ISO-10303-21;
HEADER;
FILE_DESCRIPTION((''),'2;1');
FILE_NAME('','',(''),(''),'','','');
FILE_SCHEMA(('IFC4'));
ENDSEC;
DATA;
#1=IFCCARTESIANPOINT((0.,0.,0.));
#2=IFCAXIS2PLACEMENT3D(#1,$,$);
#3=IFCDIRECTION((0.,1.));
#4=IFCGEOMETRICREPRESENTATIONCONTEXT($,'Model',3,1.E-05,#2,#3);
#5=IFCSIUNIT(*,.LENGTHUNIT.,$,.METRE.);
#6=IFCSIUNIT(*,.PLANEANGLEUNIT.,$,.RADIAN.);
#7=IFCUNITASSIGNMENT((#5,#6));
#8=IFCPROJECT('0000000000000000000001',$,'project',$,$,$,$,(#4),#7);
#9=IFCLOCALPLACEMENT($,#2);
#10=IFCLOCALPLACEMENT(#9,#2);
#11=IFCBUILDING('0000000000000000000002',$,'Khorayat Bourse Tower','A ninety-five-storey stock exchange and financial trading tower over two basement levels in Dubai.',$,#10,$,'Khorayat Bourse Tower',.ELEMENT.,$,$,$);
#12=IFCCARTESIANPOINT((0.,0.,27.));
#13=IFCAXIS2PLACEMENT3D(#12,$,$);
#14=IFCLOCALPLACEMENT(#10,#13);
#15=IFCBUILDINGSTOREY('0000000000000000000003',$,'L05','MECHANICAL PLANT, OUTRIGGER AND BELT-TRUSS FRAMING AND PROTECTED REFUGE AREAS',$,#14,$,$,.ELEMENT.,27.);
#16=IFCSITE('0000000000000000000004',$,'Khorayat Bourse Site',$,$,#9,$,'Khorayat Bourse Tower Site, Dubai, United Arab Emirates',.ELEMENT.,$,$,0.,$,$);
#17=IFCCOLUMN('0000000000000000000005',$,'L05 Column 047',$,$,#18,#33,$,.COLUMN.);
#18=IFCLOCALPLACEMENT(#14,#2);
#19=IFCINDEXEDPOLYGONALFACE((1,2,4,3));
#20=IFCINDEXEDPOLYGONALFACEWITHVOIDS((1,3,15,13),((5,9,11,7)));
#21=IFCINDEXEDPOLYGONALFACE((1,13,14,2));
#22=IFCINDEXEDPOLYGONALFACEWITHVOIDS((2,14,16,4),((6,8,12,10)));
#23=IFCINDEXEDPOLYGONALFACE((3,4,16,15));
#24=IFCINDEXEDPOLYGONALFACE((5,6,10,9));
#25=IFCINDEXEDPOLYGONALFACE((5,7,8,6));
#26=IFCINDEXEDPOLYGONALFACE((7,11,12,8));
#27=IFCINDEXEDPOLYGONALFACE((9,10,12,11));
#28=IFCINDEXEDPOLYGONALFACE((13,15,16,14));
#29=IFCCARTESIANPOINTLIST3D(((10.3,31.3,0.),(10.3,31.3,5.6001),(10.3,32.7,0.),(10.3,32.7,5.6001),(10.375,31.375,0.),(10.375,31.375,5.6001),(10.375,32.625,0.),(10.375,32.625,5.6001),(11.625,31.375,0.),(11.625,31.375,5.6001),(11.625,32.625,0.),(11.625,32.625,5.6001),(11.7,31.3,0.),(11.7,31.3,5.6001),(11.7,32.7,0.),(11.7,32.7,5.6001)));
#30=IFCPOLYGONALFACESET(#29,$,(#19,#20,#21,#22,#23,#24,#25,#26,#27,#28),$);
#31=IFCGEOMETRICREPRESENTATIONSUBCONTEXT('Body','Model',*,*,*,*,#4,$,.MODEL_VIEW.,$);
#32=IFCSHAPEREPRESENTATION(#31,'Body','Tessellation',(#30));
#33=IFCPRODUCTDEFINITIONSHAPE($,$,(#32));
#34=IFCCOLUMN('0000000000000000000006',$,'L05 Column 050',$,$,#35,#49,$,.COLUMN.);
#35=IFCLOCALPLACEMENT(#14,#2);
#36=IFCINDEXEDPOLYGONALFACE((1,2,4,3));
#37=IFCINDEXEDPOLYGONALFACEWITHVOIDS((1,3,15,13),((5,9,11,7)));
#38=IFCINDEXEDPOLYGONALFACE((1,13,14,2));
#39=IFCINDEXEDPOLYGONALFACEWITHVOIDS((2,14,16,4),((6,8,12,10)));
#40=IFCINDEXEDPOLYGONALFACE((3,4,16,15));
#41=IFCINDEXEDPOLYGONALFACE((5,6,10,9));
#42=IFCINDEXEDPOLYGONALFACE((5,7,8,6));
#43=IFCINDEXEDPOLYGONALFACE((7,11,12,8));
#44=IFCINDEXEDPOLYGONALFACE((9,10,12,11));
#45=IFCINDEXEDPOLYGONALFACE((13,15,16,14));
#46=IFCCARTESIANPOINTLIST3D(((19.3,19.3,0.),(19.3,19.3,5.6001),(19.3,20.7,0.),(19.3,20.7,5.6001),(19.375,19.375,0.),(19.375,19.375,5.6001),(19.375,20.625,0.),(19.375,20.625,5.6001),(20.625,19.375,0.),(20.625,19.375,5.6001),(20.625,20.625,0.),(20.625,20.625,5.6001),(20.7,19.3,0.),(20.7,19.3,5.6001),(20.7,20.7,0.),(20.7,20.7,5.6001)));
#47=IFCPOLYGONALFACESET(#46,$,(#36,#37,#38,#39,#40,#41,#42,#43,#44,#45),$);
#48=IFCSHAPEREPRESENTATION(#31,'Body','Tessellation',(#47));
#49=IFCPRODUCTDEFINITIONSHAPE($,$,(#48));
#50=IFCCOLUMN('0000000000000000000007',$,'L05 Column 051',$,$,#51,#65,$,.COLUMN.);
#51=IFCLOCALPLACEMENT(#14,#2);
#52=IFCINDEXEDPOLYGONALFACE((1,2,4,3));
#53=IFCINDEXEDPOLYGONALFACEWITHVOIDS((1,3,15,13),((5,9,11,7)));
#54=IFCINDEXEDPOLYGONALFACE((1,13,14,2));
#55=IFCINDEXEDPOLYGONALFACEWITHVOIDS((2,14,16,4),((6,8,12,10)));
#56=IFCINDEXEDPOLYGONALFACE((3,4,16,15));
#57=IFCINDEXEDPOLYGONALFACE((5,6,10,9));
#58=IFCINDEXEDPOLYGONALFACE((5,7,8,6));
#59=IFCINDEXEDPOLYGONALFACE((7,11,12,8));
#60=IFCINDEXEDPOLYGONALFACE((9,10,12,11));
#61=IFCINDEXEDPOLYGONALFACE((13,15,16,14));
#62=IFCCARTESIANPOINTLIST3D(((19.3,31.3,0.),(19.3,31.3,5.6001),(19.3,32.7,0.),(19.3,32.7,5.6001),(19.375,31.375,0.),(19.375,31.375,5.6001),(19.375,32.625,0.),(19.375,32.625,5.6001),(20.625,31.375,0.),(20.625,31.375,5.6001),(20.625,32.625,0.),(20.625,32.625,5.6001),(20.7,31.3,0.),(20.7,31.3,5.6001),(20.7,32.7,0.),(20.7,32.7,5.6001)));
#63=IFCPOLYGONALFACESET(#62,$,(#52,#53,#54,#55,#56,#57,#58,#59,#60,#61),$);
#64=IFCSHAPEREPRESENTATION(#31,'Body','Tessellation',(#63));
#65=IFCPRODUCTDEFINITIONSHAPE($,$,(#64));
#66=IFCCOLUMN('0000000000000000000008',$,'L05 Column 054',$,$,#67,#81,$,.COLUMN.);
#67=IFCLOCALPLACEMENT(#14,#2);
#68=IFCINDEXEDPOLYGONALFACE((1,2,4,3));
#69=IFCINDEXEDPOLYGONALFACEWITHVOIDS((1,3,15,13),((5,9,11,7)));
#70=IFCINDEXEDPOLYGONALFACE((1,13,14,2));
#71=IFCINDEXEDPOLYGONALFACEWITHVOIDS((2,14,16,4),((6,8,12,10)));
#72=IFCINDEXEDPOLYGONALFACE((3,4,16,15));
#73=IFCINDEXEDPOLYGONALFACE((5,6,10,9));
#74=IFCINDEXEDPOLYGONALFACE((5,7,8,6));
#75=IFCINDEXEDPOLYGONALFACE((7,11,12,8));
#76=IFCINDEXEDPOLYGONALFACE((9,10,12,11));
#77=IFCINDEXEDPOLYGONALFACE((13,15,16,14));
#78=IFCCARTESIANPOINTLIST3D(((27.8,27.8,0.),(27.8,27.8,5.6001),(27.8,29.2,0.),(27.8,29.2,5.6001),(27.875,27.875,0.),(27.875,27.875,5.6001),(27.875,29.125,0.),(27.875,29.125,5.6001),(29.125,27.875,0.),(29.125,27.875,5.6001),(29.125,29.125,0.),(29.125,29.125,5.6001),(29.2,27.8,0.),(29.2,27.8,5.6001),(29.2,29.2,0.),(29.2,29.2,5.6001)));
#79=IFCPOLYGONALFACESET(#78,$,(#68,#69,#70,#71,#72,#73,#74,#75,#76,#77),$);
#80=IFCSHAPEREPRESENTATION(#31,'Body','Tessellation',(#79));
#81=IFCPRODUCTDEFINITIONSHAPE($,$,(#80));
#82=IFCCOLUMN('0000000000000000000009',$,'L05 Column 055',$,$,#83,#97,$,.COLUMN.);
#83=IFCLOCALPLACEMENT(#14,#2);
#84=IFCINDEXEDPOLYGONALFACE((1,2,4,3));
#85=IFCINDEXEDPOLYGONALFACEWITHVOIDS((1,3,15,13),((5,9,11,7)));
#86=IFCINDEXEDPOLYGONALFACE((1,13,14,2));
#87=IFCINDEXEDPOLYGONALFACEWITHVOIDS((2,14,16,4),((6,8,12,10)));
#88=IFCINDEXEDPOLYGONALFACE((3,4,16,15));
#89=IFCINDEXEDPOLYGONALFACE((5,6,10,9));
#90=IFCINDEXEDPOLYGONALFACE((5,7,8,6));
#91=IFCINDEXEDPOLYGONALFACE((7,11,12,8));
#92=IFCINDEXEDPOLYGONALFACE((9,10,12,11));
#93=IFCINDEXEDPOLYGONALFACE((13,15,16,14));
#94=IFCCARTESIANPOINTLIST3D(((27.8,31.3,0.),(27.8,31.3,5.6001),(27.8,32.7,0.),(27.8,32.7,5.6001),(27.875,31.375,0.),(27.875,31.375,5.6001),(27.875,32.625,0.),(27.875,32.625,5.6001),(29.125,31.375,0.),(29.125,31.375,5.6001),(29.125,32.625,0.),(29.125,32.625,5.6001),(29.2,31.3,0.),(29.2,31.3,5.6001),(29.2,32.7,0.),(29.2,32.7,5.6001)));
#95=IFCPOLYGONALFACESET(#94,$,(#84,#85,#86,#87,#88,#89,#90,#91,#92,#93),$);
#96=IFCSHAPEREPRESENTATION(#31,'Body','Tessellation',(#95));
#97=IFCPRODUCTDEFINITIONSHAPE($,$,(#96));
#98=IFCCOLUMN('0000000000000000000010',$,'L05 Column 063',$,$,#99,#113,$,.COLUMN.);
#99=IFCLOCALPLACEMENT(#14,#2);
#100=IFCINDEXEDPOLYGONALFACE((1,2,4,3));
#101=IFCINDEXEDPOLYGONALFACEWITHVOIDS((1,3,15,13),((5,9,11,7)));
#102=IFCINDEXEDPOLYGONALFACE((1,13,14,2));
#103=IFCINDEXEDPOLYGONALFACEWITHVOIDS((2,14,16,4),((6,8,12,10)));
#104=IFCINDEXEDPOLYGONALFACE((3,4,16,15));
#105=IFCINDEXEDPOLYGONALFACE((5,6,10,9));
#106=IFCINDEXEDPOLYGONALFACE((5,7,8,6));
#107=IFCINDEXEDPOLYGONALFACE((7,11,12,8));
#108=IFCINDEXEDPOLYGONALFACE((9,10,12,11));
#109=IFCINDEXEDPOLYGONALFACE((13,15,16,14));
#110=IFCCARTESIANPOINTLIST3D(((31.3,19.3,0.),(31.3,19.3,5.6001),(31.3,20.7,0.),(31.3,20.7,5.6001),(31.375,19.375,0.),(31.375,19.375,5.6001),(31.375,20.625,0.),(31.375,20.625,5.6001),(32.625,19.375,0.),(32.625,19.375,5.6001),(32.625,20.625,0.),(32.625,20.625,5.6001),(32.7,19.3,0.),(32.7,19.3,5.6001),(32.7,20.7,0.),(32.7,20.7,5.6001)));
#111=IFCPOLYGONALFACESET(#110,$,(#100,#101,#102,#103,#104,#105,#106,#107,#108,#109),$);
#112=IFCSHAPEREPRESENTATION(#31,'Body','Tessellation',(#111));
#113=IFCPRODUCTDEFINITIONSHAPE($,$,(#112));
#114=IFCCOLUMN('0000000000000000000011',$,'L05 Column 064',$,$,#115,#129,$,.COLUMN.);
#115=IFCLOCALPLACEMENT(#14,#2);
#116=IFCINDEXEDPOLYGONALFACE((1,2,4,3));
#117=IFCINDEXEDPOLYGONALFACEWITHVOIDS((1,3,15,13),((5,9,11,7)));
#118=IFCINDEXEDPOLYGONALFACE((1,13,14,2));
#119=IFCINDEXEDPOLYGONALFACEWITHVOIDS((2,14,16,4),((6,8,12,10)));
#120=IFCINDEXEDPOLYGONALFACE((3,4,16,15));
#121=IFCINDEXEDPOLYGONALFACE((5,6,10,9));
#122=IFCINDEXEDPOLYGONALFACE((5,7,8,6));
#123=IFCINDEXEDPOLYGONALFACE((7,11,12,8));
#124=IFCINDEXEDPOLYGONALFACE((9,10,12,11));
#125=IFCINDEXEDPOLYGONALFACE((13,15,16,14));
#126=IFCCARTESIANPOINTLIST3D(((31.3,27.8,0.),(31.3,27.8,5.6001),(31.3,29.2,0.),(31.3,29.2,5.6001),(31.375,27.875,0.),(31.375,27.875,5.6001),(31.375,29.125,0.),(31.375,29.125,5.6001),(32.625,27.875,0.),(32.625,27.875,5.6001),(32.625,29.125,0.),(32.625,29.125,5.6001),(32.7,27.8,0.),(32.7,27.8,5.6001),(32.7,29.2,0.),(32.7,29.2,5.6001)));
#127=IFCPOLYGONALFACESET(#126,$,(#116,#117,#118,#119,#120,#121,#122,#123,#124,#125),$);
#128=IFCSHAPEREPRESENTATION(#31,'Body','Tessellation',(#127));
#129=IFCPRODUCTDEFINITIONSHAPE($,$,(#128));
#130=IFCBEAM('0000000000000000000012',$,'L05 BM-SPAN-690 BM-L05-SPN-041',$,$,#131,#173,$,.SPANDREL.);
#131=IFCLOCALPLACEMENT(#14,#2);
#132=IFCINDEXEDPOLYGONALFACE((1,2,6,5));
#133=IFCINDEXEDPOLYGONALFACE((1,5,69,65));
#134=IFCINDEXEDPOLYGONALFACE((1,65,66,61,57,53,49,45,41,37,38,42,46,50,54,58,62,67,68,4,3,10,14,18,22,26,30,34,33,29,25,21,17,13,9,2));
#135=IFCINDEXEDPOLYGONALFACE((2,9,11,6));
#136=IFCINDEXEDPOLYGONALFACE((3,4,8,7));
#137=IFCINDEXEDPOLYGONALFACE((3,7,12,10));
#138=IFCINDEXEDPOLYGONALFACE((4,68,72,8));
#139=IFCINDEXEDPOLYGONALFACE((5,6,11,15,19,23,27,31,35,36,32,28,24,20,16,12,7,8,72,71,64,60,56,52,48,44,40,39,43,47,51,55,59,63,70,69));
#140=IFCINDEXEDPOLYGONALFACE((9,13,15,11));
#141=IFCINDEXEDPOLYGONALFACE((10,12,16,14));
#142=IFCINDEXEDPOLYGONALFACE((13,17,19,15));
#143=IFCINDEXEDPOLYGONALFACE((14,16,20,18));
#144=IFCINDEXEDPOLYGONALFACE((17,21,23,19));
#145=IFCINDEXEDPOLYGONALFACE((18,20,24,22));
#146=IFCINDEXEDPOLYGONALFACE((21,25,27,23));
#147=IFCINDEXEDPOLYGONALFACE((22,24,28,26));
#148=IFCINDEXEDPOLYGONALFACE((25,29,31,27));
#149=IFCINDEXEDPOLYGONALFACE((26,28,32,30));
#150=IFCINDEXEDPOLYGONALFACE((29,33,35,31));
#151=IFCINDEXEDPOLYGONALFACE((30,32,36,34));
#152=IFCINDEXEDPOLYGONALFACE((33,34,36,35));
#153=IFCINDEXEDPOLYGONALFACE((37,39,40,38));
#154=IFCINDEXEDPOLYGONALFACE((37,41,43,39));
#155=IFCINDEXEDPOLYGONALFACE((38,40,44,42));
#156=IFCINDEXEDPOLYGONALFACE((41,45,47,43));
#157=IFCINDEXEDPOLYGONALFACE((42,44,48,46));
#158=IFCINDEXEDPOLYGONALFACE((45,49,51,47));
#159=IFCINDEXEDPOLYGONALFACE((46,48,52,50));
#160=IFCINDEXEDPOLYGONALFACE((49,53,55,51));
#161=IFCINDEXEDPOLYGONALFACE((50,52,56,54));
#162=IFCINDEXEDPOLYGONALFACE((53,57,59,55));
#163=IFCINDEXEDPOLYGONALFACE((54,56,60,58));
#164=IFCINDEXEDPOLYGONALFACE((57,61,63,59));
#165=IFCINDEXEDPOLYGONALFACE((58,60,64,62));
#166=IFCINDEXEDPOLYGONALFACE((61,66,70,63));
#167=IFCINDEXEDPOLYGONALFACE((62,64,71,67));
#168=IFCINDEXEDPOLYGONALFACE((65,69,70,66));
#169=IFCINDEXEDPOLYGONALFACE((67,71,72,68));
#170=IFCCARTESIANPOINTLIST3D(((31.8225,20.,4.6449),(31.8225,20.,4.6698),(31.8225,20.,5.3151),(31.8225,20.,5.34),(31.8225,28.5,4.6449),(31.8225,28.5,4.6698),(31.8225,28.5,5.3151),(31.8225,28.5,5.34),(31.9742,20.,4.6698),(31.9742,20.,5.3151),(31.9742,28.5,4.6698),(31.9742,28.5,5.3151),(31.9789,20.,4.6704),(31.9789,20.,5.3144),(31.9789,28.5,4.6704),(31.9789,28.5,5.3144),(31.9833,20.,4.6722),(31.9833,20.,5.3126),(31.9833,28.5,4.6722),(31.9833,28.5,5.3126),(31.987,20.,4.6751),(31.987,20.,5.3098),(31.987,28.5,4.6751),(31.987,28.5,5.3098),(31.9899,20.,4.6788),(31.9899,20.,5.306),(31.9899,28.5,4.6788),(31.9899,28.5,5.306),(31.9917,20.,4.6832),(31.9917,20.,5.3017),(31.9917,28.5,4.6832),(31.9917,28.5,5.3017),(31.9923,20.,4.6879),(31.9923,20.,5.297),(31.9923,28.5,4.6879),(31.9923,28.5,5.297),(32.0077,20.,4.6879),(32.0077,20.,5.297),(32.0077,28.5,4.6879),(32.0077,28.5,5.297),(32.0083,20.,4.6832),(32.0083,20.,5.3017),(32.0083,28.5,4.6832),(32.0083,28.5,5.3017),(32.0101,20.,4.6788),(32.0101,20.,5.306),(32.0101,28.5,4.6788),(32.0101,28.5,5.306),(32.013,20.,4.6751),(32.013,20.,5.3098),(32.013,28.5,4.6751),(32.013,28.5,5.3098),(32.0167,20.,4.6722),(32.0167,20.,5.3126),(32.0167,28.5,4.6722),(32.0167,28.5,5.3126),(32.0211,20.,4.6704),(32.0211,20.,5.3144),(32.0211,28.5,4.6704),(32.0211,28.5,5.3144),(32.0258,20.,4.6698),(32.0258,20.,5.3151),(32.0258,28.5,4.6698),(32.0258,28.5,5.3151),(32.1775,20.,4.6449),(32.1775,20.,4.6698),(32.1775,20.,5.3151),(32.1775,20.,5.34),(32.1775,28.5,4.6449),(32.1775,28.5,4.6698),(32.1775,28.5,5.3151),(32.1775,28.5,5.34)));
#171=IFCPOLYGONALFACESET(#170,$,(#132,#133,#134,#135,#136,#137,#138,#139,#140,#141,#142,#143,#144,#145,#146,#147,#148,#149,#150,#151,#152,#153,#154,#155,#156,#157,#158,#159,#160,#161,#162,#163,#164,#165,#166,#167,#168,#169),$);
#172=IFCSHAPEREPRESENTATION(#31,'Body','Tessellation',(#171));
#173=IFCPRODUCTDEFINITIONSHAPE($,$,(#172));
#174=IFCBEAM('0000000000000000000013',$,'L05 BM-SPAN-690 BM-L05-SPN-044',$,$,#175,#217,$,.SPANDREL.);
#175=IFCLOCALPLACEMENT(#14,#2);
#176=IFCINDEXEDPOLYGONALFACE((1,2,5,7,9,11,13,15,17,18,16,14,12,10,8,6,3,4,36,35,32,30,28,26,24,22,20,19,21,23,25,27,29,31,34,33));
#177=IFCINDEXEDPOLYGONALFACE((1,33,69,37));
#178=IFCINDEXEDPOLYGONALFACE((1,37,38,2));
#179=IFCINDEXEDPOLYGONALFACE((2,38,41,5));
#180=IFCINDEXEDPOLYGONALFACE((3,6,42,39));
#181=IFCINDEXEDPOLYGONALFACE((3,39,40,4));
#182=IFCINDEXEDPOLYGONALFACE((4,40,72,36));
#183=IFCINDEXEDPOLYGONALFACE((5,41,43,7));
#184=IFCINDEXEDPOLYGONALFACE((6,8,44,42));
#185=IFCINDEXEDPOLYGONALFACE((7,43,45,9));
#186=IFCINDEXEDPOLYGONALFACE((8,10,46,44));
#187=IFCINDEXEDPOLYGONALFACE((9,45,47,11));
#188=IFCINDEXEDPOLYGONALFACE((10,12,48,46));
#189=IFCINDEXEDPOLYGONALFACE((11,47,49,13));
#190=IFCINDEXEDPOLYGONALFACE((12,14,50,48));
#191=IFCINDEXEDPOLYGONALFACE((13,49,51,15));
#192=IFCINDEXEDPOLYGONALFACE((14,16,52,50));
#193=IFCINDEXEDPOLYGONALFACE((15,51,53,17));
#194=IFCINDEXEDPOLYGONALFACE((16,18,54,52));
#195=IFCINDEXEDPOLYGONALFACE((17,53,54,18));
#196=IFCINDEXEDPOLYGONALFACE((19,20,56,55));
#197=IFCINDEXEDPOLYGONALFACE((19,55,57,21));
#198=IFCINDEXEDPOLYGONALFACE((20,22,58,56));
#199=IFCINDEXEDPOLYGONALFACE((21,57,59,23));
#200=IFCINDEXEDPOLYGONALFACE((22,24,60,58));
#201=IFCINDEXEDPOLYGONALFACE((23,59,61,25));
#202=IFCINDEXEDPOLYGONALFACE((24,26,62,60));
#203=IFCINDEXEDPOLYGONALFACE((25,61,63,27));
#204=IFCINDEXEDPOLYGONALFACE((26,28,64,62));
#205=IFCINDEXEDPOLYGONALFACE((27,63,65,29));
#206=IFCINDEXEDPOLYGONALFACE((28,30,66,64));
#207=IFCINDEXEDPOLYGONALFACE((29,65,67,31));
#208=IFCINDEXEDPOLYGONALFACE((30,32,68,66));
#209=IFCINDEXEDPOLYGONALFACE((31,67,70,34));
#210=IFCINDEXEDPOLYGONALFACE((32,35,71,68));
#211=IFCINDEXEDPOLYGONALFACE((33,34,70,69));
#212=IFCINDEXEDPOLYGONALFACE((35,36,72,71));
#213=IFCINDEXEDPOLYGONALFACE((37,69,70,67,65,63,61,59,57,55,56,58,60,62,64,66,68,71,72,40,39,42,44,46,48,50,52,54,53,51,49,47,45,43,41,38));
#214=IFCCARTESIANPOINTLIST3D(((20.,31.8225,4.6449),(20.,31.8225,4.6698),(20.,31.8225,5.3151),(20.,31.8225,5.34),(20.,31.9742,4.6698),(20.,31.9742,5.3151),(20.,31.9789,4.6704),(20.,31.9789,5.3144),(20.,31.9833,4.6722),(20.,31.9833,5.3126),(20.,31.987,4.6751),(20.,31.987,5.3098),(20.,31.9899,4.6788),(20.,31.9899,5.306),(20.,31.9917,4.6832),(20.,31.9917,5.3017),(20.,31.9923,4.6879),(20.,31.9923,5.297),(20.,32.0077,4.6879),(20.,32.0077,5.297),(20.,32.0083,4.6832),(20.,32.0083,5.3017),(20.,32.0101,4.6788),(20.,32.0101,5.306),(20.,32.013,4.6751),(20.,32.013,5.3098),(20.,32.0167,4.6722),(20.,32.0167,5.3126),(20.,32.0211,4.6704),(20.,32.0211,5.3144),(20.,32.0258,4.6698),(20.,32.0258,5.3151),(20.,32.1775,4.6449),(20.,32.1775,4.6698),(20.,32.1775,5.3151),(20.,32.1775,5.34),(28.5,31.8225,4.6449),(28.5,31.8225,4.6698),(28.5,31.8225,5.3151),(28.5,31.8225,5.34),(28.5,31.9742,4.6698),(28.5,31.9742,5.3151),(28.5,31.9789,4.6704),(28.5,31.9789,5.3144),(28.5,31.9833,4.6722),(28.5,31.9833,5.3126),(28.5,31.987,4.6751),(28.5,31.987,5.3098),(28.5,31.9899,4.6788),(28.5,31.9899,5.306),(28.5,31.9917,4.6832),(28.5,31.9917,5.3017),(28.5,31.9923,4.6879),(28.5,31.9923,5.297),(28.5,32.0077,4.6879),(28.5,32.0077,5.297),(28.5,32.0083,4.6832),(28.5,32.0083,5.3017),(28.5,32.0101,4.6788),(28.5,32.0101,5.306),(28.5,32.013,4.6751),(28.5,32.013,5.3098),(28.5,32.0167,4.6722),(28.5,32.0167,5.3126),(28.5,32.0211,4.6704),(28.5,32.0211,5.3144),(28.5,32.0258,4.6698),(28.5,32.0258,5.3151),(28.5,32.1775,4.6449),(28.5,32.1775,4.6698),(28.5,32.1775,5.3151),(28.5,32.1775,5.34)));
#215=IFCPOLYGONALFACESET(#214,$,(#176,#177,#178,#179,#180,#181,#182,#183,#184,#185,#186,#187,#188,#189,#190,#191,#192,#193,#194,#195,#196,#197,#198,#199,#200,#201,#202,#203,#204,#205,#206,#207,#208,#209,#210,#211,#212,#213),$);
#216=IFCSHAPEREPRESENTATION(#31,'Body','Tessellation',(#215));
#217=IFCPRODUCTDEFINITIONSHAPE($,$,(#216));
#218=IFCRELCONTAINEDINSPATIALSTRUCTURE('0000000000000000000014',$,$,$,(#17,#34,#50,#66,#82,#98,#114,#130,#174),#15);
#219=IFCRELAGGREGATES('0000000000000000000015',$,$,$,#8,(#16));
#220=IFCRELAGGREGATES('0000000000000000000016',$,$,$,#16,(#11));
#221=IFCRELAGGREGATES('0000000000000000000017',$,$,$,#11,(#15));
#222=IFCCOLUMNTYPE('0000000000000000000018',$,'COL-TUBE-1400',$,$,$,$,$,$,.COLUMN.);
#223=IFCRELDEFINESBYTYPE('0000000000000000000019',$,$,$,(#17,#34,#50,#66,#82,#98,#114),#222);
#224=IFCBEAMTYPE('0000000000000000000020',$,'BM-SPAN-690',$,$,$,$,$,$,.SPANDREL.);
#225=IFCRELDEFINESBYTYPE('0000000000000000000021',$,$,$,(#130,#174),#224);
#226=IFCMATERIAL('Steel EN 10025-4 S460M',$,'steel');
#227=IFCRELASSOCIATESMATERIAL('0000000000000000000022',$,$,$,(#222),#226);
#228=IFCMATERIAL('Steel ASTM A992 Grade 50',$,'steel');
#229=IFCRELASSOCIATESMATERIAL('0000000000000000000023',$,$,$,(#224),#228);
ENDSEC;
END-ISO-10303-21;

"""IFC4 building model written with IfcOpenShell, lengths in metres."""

from ifc_helpers import new_model, si_unit, direction, frame, origin, origin_2d, place, context, subcontext, project, spatial, hollow_rectangle, i_section, extrude, source, transform, mapped, material, material_profile, profile_set, type_object, element, save


model = new_model("IFC4")

# Units and contexts
model_context = context("Model", 3, precision=1e-05, world=origin(), true_north=direction((0.0, 1.0)))
body_context = subcontext(model_context, "Body", "Model", "MODEL_VIEW")
ifc_project = project(units=[si_unit("LENGTHUNIT", "METRE"), si_unit("PLANEANGLEUNIT", "RADIAN")], contexts=[model_context])

# Site, building, storey
site_placement = place(None, origin())
site = spatial("IfcSite", under=ifc_project, at=site_placement, Name="Khorayat Bourse Site", LongName="Khorayat Bourse Tower Site, Dubai, United Arab Emirates", CompositionType="ELEMENT", RefElevation=0.0)
building_placement = place(site_placement, origin())
building = spatial("IfcBuilding", under=site, at=building_placement, Name="Khorayat Bourse Tower", Description="A ninety-five-storey stock exchange and financial trading tower over two basement levels in Dubai.", LongName="Khorayat Bourse Tower", CompositionType="ELEMENT")
storey_placement = place(building_placement, frame((0.0, 0.0, 27.0)))
storey = spatial("IfcBuildingStorey", under=building, at=storey_placement, Name="L05", Description="MECHANICAL PLANT, OUTRIGGER AND BELT-TRUSS FRAMING AND PROTECTED REFUGE AREAS", CompositionType="ELEMENT", Elevation=27.0)

# Columns
ifc_material_1 = material(Name="Steel EN 10025-4 S460M", Category="steel")
ifc_material_profile_1 = material_profile(ifc_material_1, hollow_rectangle(XDim=1.3999, YDim=1.3999, WallThickness=0.075, at=origin_2d()), Name="BOX 1400x1400x75")
ifc_profile_set_1 = profile_set([ifc_material_profile_1], Name="Steel EN 10025-4 S460M")
column_type = type_object("IfcColumnType", Name="COL-TUBE-1400", PredefinedType="COLUMN", material=ifc_profile_set_1)
shared_shape_1 = source(origin(), body_context, "Body", "SweptSolid", [
    extrude(hollow_rectangle(XDim=1.3999, YDim=1.3999, WallThickness=0.075, at=origin_2d()), origin(), (0.0, 0.0, 1.0), 5.6001),
])
for number, where, z_axis, x_axis, name in (
    (1, (11.0, 32.0, 0.0), (0.0, 0.0, 1.0), (1.0, 0.0, 0.0), "L05 Column 047"),
    (2, (20.0, 20.0, 0.0), (0.0, 0.0, 1.0), (1.0, 0.0, 0.0), "L05 Column 050"),
    (3, (20.0, 32.0, 0.0), (0.0, 0.0, 1.0), (1.0, 0.0, 0.0), "L05 Column 051"),
    (4, (28.5, 28.5, 0.0), (0.0, 0.0, 1.0), (1.0, 0.0, 0.0), "L05 Column 054"),
    (5, (28.5, 32.0, 0.0), (0.0, 0.0, 1.0), (1.0, 0.0, 0.0), "L05 Column 055"),
    (6, (32.0, 20.0, 0.0), (0.0, 0.0, 1.0), (1.0, 0.0, 0.0), "L05 Column 063"),
    (7, (32.0, 28.5, 0.0), (0.0, 0.0, 1.0), (1.0, 0.0, 0.0), "L05 Column 064"),
):
    element("IfcColumn", number, at=place(storey_placement, frame(where, z_axis=z_axis, x_axis=x_axis)), inside=storey, type_object=column_type, Name=name, PredefinedType="COLUMN", context=body_context, shape_type="MappedRepresentation", body=[
        mapped(shared_shape_1, transform((0.0, 0.0, 0.0), scale=1.0)),
    ])

# Beams
ifc_material_2 = material(Name="Steel ASTM A992 Grade 50", Category="steel")
ifc_material_profile_2 = material_profile(ifc_material_2, i_section(OverallWidth=0.355, OverallDepth=0.6951, WebThickness=0.0154, FlangeThickness=0.0249, FilletRadius=0.0181, at=origin_2d()), Name="W690X217")
ifc_profile_set_2 = profile_set([ifc_material_profile_2], Name="Steel ASTM A992 Grade 50")
beam_type_1 = type_object("IfcBeamType", Name="BM-SPAN-690", PredefinedType="SPANDREL", material=ifc_profile_set_2)
shared_shape_2 = source(origin(), body_context, "Body", "SweptSolid", [
    extrude(i_section(OverallWidth=0.355, OverallDepth=0.6951, WebThickness=0.0154, FlangeThickness=0.0249, FilletRadius=0.0181, at=origin_2d()), origin(), (0.0, 0.0, 1.0), 8.5),
])
for number, where, z_axis, x_axis, name in (
    (8, (32.0, 20.0, 4.9924), (0.0, 1.0, 0.0), (-1.0, 0.0, 0.0), "L05 BM-SPAN-690 BM-L05-SPN-041"),
    (9, (20.0, 32.0, 4.9924), (1.0, 0.0, 0.0), (0.0, 1.0, 0.0), "L05 BM-SPAN-690 BM-L05-SPN-044"),
):
    element("IfcBeam", number, at=place(storey_placement, frame(where, z_axis=z_axis, x_axis=x_axis)), inside=storey, type_object=beam_type_1, Name=name, PredefinedType="SPANDREL", context=body_context, shape_type="MappedRepresentation", body=[
        mapped(shared_shape_2, transform((0.0, 0.0, 0.0), scale=1.0)),
    ])

save(model, "model.ifc")
